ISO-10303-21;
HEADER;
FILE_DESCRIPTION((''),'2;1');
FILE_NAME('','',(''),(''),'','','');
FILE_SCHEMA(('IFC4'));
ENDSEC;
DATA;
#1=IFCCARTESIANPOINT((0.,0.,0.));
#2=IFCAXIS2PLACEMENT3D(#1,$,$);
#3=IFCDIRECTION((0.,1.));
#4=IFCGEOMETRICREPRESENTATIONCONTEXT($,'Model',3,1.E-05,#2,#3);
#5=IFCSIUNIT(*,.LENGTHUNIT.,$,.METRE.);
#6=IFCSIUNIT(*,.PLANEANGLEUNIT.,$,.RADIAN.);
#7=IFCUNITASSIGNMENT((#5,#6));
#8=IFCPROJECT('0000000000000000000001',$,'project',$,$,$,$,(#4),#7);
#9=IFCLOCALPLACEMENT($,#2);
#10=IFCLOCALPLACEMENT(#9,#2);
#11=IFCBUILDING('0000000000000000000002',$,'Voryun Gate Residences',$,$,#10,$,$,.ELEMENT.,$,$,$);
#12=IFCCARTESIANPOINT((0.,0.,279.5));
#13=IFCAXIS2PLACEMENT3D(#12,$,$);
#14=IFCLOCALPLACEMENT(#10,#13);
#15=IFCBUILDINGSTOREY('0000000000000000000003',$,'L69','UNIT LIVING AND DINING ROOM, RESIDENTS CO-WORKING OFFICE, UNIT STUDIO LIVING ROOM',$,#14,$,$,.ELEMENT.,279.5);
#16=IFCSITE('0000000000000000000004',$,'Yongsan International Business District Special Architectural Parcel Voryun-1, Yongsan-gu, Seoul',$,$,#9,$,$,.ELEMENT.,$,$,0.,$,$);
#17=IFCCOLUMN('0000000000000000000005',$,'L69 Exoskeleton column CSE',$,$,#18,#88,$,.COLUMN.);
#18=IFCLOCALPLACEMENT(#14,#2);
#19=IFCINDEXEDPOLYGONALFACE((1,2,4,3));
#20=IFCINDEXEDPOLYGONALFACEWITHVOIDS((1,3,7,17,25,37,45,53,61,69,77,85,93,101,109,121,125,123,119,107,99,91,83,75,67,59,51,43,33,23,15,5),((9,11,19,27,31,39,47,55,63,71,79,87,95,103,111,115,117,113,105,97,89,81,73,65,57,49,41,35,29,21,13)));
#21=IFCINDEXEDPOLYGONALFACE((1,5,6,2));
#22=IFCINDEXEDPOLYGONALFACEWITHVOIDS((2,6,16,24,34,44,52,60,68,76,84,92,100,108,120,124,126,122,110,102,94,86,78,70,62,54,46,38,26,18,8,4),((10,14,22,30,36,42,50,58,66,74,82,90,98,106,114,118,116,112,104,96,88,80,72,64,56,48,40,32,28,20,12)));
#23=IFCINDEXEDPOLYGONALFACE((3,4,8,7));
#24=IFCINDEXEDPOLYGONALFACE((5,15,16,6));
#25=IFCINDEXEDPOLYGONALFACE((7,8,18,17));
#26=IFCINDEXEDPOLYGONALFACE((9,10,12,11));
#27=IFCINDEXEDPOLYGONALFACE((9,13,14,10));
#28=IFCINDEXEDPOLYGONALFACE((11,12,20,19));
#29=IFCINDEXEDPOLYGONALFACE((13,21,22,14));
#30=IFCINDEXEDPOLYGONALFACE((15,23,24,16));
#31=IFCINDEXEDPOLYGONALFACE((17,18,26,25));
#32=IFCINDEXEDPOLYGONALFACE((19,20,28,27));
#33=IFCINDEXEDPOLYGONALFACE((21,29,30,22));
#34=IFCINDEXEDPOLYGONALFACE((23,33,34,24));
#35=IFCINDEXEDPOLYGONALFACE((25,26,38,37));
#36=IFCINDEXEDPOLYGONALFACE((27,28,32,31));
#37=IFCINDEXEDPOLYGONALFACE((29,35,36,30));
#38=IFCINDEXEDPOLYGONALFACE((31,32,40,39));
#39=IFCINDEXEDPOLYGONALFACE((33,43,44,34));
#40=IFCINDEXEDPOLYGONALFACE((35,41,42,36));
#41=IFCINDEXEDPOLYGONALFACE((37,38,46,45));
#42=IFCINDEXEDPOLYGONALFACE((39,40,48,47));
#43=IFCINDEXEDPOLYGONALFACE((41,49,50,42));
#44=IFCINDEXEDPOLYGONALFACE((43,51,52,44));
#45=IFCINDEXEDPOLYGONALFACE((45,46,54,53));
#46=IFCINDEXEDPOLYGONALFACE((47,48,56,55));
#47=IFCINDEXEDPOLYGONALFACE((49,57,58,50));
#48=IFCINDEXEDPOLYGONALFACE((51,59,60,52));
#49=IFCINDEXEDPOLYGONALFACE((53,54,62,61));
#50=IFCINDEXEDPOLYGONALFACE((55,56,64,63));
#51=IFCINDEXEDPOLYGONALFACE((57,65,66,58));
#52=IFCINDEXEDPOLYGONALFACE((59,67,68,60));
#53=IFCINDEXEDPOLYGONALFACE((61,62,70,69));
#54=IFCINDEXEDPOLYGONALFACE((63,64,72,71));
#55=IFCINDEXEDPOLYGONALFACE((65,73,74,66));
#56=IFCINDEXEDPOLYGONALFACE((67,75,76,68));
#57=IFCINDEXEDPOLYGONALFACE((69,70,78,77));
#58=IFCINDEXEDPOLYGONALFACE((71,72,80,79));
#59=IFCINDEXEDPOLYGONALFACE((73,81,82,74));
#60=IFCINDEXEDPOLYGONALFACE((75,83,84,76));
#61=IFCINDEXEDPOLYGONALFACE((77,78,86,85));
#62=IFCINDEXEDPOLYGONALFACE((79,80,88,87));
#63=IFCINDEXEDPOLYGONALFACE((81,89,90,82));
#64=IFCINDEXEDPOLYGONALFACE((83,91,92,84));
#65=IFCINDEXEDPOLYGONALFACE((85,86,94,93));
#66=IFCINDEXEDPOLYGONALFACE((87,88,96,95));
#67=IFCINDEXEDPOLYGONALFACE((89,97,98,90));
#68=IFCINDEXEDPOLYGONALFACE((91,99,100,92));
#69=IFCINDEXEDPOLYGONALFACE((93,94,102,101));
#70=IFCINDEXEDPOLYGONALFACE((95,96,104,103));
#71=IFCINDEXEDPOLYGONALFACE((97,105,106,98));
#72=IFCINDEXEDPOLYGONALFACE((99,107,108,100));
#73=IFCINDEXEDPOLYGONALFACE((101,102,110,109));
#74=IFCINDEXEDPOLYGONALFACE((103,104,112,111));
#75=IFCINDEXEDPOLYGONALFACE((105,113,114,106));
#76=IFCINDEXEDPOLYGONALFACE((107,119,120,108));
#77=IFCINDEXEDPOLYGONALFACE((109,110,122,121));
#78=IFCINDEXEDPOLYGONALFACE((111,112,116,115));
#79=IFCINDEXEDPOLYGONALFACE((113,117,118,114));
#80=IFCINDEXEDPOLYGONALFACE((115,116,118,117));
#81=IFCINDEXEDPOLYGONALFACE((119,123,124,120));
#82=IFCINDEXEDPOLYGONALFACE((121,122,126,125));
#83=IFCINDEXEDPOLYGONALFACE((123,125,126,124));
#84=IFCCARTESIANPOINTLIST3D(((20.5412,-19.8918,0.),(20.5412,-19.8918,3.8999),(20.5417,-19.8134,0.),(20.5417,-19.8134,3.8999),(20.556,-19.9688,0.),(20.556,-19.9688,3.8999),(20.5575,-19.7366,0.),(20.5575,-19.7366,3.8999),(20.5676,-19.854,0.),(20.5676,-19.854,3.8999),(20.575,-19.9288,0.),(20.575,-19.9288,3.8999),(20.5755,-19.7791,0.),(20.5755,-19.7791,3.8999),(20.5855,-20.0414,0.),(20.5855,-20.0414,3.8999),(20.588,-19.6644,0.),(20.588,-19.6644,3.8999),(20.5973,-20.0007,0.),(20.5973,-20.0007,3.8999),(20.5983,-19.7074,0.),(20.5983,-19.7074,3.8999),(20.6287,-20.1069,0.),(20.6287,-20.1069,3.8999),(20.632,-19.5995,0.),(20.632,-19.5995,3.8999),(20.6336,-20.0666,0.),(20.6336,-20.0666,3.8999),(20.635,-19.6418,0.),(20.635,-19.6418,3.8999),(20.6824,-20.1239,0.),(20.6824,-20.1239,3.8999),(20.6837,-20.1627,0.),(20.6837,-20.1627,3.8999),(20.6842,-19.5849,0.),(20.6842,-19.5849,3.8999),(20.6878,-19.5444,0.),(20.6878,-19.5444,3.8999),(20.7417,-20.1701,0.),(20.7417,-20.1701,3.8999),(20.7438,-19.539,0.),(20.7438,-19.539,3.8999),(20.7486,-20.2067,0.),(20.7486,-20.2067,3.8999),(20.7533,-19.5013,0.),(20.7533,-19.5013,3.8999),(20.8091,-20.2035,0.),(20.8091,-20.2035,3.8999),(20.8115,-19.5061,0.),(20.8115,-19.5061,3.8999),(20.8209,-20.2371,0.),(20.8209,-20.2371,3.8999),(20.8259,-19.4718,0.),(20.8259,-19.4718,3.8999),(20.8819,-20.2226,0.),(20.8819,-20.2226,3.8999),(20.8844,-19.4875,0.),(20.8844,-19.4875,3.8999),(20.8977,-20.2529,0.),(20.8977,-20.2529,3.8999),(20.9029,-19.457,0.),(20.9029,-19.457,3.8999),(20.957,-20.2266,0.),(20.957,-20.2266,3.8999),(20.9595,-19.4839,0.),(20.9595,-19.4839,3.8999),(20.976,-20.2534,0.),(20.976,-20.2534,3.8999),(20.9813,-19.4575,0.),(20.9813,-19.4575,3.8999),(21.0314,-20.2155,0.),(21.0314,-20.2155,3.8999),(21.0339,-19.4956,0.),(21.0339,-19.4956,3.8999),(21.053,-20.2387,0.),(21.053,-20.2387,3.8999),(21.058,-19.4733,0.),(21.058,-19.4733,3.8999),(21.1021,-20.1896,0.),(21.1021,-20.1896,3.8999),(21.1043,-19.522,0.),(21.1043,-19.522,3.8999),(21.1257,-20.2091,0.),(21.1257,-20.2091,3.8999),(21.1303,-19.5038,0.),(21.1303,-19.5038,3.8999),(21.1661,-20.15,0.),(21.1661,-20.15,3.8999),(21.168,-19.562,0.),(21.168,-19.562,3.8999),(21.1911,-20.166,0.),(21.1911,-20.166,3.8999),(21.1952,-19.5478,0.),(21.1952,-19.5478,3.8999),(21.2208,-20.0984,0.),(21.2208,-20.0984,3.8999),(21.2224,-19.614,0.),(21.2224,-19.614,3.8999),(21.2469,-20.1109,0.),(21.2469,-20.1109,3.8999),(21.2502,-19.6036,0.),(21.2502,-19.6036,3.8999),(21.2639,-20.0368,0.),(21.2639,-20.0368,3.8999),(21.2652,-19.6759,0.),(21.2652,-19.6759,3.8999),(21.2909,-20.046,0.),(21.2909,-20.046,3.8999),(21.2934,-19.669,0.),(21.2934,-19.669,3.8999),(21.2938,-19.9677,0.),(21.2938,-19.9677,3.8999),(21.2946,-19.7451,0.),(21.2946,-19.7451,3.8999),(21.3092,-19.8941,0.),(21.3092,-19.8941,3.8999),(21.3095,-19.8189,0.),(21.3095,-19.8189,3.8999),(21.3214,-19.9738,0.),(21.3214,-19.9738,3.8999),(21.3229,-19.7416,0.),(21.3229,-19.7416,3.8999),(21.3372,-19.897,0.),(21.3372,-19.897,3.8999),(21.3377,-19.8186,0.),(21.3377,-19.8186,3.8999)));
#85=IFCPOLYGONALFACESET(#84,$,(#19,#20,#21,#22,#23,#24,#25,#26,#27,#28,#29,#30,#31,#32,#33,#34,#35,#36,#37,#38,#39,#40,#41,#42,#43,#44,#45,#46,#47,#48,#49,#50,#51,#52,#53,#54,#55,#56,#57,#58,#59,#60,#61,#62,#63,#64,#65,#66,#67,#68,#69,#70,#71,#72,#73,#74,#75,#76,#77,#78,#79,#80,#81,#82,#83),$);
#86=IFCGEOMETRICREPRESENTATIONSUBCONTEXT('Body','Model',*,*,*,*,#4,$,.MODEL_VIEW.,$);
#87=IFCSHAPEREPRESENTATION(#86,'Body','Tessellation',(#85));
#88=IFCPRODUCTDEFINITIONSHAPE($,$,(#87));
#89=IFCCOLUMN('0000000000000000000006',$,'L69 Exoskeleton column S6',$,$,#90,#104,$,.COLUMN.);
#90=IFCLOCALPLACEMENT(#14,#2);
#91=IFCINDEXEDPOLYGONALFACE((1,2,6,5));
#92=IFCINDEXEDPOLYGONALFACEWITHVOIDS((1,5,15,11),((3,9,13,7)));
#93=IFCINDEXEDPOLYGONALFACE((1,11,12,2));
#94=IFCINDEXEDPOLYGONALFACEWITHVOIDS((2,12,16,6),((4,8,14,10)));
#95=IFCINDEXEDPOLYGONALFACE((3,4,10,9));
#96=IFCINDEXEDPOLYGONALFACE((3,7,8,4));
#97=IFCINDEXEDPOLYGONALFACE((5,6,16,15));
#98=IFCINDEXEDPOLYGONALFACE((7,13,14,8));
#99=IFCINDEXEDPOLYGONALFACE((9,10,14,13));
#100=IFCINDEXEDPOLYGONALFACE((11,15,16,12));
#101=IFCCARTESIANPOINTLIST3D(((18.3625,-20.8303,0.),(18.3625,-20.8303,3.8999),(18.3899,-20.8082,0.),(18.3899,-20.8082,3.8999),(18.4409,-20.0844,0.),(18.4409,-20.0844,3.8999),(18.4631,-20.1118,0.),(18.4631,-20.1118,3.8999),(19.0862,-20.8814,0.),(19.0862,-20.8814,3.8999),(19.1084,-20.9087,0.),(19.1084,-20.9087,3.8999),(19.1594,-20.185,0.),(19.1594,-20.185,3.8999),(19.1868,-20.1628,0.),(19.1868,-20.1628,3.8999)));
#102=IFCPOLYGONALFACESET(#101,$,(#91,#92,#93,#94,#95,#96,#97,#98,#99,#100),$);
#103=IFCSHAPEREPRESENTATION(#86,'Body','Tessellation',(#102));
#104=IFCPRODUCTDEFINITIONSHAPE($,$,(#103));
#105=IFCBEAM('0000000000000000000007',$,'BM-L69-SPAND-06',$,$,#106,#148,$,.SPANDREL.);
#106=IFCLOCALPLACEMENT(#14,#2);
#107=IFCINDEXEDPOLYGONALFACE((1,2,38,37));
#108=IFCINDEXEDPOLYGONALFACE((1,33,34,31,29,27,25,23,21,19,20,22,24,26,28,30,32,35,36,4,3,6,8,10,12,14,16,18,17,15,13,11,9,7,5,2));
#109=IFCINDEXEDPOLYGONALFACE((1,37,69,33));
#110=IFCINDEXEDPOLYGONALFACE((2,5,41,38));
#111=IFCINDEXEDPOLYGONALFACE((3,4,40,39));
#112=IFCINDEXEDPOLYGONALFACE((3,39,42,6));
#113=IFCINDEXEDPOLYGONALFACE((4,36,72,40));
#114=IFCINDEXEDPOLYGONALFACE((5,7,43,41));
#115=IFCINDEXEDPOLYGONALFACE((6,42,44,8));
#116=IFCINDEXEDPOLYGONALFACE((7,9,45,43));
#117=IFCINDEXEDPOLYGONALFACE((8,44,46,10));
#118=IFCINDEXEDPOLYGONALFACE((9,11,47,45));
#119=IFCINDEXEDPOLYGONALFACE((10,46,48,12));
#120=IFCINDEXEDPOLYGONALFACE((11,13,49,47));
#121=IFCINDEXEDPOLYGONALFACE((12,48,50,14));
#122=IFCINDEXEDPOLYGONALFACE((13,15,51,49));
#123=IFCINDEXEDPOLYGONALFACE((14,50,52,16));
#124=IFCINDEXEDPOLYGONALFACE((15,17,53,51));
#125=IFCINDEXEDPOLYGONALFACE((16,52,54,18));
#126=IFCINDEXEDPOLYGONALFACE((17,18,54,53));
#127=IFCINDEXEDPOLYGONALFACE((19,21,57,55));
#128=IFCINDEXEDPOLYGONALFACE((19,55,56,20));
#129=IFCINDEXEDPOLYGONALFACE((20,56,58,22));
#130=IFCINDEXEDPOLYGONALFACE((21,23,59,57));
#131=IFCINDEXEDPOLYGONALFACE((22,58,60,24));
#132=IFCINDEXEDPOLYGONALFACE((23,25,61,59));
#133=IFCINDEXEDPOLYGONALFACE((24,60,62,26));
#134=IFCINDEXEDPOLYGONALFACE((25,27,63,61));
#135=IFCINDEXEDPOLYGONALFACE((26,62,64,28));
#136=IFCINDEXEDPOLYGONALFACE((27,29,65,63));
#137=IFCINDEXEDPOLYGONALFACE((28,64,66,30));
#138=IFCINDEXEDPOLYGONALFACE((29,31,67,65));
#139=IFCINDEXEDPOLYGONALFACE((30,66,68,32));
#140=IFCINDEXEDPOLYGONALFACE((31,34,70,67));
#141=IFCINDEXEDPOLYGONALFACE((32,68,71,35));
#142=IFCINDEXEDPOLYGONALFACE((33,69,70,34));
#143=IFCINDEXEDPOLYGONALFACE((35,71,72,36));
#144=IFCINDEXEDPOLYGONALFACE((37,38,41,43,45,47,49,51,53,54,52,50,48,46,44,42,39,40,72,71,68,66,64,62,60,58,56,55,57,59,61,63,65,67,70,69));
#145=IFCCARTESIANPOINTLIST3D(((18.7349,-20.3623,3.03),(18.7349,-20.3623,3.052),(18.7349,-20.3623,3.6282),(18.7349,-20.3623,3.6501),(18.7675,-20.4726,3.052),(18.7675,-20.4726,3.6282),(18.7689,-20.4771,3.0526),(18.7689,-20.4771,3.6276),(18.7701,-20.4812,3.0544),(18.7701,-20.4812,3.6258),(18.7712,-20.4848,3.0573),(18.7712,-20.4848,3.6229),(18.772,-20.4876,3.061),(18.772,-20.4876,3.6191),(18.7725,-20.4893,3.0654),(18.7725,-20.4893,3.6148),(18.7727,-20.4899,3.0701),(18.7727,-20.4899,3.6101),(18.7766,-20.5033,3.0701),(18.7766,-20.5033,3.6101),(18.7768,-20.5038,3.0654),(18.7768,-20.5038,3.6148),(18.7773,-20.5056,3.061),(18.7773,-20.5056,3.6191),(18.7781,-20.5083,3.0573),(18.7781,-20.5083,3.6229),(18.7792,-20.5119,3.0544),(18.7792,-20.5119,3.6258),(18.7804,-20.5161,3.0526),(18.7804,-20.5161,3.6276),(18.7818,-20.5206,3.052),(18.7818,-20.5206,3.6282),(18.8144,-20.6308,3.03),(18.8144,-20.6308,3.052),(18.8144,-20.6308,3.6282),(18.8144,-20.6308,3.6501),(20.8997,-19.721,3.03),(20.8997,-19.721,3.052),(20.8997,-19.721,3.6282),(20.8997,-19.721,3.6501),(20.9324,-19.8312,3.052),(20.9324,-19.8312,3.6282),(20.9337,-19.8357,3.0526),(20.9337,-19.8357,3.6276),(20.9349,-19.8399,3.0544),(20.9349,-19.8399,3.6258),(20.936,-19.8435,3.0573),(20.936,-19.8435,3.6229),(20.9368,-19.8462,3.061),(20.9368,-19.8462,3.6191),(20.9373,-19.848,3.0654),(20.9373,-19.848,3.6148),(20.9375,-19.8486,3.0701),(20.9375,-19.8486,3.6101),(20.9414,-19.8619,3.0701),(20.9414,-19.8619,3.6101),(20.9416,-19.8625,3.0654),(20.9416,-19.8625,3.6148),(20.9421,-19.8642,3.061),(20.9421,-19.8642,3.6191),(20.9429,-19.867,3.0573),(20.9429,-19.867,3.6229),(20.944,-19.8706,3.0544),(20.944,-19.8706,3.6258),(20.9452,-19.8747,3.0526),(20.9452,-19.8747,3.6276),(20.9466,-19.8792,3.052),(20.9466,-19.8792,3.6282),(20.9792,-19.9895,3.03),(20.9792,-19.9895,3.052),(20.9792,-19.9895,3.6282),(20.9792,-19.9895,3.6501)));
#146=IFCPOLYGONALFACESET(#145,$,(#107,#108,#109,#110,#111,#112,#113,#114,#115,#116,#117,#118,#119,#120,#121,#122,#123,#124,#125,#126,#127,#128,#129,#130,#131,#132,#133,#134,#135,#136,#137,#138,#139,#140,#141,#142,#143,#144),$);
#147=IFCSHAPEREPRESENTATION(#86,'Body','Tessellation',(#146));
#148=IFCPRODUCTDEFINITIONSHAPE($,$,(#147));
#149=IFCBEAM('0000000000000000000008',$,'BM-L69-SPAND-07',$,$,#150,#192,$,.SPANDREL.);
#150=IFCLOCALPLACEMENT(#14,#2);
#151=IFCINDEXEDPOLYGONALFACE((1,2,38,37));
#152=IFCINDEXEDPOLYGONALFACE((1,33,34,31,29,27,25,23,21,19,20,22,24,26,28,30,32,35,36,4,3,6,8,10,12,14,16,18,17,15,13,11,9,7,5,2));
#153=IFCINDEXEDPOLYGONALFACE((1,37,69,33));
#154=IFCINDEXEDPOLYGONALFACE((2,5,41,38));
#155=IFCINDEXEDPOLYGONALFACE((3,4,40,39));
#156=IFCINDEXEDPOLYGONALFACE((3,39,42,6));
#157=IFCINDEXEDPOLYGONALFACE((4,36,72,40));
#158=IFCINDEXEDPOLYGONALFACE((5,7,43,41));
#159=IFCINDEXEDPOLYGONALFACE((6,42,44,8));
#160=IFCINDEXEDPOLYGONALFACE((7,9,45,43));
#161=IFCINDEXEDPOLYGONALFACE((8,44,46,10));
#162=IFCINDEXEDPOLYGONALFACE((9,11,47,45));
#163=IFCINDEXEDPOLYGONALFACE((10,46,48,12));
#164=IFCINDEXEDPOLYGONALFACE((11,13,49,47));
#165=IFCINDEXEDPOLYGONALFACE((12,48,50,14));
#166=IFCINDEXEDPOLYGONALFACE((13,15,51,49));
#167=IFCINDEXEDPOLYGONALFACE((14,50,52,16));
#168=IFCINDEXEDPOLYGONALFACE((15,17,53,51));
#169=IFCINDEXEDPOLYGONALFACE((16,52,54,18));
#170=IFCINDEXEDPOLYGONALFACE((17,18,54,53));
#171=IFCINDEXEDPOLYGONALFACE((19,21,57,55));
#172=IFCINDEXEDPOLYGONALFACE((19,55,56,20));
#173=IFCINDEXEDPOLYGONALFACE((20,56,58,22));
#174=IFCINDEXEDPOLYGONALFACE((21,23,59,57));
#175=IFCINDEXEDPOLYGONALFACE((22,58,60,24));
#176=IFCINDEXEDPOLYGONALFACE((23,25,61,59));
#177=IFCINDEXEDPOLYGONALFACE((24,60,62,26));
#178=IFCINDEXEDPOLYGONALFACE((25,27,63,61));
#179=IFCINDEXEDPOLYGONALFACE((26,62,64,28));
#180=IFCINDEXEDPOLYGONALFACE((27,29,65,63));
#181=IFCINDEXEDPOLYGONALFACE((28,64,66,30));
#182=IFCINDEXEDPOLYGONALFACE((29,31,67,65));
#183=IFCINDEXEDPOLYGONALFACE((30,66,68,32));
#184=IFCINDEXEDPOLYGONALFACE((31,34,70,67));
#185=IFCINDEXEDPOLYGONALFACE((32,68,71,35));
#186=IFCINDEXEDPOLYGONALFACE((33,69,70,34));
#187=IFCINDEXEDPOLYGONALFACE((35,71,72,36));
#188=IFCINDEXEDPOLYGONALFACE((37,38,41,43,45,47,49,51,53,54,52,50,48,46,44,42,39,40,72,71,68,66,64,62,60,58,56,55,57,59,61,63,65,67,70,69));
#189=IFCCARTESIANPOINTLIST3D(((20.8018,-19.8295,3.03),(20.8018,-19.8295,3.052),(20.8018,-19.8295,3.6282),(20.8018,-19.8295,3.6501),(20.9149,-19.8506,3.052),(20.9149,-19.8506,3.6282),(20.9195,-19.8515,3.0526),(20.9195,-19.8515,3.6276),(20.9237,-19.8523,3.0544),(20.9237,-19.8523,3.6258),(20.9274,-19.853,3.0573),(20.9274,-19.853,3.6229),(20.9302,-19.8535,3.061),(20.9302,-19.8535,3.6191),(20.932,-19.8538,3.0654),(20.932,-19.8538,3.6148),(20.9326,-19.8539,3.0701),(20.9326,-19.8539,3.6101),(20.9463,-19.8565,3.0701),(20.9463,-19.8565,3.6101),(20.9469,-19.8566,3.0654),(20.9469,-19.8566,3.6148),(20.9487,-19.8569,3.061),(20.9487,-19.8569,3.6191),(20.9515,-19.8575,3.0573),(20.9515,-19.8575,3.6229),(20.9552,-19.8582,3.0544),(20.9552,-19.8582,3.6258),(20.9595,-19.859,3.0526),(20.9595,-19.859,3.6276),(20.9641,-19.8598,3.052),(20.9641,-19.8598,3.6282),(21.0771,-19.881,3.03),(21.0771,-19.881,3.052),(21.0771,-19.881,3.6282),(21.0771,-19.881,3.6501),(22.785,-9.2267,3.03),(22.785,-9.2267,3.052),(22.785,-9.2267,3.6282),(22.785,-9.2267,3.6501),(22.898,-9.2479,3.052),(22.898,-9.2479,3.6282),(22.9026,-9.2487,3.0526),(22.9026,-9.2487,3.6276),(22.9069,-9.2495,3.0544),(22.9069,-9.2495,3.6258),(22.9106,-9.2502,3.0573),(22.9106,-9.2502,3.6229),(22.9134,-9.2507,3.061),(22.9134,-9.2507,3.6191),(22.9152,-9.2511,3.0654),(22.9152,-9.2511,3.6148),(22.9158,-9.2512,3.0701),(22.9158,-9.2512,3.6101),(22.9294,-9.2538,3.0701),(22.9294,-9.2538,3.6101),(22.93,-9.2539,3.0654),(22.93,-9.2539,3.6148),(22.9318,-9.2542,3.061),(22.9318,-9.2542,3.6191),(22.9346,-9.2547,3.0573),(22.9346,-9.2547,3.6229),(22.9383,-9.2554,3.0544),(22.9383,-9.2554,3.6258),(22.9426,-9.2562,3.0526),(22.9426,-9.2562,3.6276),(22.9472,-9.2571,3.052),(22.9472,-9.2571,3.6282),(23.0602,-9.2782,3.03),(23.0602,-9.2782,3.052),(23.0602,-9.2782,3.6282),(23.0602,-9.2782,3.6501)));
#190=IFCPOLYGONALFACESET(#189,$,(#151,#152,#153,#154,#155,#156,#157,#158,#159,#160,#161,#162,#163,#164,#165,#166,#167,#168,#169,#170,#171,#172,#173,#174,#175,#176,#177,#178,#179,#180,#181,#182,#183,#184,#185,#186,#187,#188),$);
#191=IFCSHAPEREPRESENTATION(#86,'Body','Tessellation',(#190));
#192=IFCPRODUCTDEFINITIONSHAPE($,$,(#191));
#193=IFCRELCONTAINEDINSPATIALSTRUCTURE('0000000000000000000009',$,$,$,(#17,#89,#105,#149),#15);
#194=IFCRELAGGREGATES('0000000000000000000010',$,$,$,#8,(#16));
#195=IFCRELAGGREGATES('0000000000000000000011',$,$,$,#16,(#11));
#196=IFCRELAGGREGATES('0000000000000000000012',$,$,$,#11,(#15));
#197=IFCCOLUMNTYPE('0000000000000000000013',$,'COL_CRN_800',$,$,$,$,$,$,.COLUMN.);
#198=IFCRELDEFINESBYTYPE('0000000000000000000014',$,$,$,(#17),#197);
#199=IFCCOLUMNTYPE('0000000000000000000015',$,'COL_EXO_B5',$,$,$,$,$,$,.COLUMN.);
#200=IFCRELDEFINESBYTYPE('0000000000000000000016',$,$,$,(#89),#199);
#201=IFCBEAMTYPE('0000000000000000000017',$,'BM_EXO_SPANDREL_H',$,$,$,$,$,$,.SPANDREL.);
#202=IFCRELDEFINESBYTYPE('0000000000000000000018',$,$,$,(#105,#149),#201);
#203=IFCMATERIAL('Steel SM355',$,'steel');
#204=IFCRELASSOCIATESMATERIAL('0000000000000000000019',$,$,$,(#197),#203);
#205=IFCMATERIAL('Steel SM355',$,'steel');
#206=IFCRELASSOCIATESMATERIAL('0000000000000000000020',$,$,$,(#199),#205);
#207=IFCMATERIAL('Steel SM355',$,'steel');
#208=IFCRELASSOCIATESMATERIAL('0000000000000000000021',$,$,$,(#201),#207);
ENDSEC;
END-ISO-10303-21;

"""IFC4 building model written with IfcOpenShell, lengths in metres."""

from ifc_helpers import new_model, si_unit, direction, frame, origin, origin_2d, place, context, subcontext, project, spatial, hollow_rectangle, hollow_circle, i_section, extrude, material, material_profile, profile_set, type_object, element, save


model = new_model("IFC4")

# Units and contexts
model_context = context("Model", 3, precision=1e-05, world=origin(), true_north=direction((0.0, 1.0)))
body_context = subcontext(model_context, "Body", "Model", "MODEL_VIEW")
ifc_project = project(units=[si_unit("LENGTHUNIT", "METRE"), si_unit("PLANEANGLEUNIT", "RADIAN")], contexts=[model_context])

# Site, building, storey
site_placement = place(None, origin())
site = spatial("IfcSite", under=ifc_project, at=site_placement, Name="Yongsan International Business District Special Architectural Parcel Voryun-1, Yongsan-gu, Seoul", CompositionType="ELEMENT", RefElevation=0.0)
building_placement = place(site_placement, origin())
building = spatial("IfcBuilding", under=site, at=building_placement, Name="Voryun Gate Residences", CompositionType="ELEMENT")
storey_placement = place(building_placement, frame((0.0, 0.0, 279.5)))
storey = spatial("IfcBuildingStorey", under=building, at=storey_placement, Name="L69", Description="UNIT LIVING AND DINING ROOM, RESIDENTS CO-WORKING OFFICE, UNIT STUDIO LIVING ROOM", CompositionType="ELEMENT", Elevation=279.5)

# Columns
ifc_material_1 = material(Name="Steel SM355", Category="steel")
ifc_material_profile_1 = material_profile(ifc_material_1, hollow_circle(Radius=0.3999, WallThickness=0.0281, at=origin_2d()), Name="CHS-800x28")
ifc_profile_set_1 = profile_set([ifc_material_profile_1], Name="Steel SM355")
column_type_1 = type_object("IfcColumnType", Name="COL_CRN_800", PredefinedType="COLUMN", material=ifc_profile_set_1)
column_1_placement = place(storey_placement, frame((20.9395, -19.8552, 0.0), z_axis=(0.0, 0.0, 1.0), x_axis=(0.994522, -0.104528, 0.0)))
element("IfcColumn", 1, at=column_1_placement, inside=storey, type_object=column_type_1, Name="L69 Exoskeleton column CSE", PredefinedType="COLUMN", context=body_context, shape_type="SweptSolid", body=[
    extrude(hollow_circle(Radius=0.3999, WallThickness=0.0281, at=origin_2d()), origin(), (0.0, 0.0, 1.0), 3.8999),
])
ifc_material_2 = material(Name="Steel SM355", Category="steel")
ifc_material_profile_2 = material_profile(ifc_material_2, hollow_rectangle(XDim=0.75, YDim=0.75, WallThickness=0.0249, at=origin_2d()), Name="BOX-750x750x25")
ifc_profile_set_2 = profile_set([ifc_material_profile_2], Name="Steel SM355")
column_type_2 = type_object("IfcColumnType", Name="COL_EXO_B5", PredefinedType="COLUMN", material=ifc_profile_set_2)
column_2_placement = place(storey_placement, frame((18.7747, -20.4966, 0.0), z_axis=(0.0, 0.0, 1.0), x_axis=(0.994522, -0.104528, 0.0)))
element("IfcColumn", 2, at=column_2_placement, inside=storey, type_object=column_type_2, Name="L69 Exoskeleton column S6", PredefinedType="COLUMN", context=body_context, shape_type="SweptSolid", body=[
    extrude(hollow_rectangle(XDim=0.75, YDim=0.75, WallThickness=0.0249, at=origin_2d()), origin(), (0.0, 0.0, 1.0), 3.8999),
])

# Beams
ifc_material_3 = material(Name="Steel SM355", Category="steel")
ifc_material_profile_3 = material_profile(ifc_material_3, i_section(OverallWidth=0.28, OverallDepth=0.6201, WebThickness=0.0139, FlangeThickness=0.022, FilletRadius=0.0181, at=origin_2d()), Name="H-620x280x14x22")
ifc_profile_set_3 = profile_set([ifc_material_profile_3], Name="Steel SM355")
beam_type = type_object("IfcBeamType", Name="BM_EXO_SPANDREL_H", PredefinedType="SPANDREL", material=ifc_profile_set_3)
beam_1_placement = place(storey_placement, frame((18.7747, -20.4966, 3.3401), z_axis=(0.958806, 0.284063, 0.0), x_axis=(-0.284063, 0.958806, 0.0)))
element("IfcBeam", 3, at=beam_1_placement, inside=storey, type_object=beam_type, Name="BM-L69-SPAND-06", PredefinedType="SPANDREL", context=body_context, shape_type="SweptSolid", body=[
    extrude(i_section(OverallWidth=0.28, OverallDepth=0.6201, WebThickness=0.0139, FlangeThickness=0.022, FilletRadius=0.0181, at=origin_2d()), origin(), (0.0, 0.0, 1.0), 2.2578),
])
beam_2_placement = place(storey_placement, frame((20.9395, -19.8552, 3.3401), z_axis=(0.183853, 0.982954, 0.0), x_axis=(-0.982954, 0.183853, 0.0)))
element("IfcBeam", 4, at=beam_2_placement, inside=storey, type_object=beam_type, Name="BM-L69-SPAND-07", PredefinedType="SPANDREL", context=body_context, shape_type="SweptSolid", body=[
    extrude(i_section(OverallWidth=0.28, OverallDepth=0.6201, WebThickness=0.0139, FlangeThickness=0.022, FilletRadius=0.0181, at=origin_2d()), origin(), (0.0, 0.0, 1.0), 10.7866),
])

save(model, "model.ifc")
